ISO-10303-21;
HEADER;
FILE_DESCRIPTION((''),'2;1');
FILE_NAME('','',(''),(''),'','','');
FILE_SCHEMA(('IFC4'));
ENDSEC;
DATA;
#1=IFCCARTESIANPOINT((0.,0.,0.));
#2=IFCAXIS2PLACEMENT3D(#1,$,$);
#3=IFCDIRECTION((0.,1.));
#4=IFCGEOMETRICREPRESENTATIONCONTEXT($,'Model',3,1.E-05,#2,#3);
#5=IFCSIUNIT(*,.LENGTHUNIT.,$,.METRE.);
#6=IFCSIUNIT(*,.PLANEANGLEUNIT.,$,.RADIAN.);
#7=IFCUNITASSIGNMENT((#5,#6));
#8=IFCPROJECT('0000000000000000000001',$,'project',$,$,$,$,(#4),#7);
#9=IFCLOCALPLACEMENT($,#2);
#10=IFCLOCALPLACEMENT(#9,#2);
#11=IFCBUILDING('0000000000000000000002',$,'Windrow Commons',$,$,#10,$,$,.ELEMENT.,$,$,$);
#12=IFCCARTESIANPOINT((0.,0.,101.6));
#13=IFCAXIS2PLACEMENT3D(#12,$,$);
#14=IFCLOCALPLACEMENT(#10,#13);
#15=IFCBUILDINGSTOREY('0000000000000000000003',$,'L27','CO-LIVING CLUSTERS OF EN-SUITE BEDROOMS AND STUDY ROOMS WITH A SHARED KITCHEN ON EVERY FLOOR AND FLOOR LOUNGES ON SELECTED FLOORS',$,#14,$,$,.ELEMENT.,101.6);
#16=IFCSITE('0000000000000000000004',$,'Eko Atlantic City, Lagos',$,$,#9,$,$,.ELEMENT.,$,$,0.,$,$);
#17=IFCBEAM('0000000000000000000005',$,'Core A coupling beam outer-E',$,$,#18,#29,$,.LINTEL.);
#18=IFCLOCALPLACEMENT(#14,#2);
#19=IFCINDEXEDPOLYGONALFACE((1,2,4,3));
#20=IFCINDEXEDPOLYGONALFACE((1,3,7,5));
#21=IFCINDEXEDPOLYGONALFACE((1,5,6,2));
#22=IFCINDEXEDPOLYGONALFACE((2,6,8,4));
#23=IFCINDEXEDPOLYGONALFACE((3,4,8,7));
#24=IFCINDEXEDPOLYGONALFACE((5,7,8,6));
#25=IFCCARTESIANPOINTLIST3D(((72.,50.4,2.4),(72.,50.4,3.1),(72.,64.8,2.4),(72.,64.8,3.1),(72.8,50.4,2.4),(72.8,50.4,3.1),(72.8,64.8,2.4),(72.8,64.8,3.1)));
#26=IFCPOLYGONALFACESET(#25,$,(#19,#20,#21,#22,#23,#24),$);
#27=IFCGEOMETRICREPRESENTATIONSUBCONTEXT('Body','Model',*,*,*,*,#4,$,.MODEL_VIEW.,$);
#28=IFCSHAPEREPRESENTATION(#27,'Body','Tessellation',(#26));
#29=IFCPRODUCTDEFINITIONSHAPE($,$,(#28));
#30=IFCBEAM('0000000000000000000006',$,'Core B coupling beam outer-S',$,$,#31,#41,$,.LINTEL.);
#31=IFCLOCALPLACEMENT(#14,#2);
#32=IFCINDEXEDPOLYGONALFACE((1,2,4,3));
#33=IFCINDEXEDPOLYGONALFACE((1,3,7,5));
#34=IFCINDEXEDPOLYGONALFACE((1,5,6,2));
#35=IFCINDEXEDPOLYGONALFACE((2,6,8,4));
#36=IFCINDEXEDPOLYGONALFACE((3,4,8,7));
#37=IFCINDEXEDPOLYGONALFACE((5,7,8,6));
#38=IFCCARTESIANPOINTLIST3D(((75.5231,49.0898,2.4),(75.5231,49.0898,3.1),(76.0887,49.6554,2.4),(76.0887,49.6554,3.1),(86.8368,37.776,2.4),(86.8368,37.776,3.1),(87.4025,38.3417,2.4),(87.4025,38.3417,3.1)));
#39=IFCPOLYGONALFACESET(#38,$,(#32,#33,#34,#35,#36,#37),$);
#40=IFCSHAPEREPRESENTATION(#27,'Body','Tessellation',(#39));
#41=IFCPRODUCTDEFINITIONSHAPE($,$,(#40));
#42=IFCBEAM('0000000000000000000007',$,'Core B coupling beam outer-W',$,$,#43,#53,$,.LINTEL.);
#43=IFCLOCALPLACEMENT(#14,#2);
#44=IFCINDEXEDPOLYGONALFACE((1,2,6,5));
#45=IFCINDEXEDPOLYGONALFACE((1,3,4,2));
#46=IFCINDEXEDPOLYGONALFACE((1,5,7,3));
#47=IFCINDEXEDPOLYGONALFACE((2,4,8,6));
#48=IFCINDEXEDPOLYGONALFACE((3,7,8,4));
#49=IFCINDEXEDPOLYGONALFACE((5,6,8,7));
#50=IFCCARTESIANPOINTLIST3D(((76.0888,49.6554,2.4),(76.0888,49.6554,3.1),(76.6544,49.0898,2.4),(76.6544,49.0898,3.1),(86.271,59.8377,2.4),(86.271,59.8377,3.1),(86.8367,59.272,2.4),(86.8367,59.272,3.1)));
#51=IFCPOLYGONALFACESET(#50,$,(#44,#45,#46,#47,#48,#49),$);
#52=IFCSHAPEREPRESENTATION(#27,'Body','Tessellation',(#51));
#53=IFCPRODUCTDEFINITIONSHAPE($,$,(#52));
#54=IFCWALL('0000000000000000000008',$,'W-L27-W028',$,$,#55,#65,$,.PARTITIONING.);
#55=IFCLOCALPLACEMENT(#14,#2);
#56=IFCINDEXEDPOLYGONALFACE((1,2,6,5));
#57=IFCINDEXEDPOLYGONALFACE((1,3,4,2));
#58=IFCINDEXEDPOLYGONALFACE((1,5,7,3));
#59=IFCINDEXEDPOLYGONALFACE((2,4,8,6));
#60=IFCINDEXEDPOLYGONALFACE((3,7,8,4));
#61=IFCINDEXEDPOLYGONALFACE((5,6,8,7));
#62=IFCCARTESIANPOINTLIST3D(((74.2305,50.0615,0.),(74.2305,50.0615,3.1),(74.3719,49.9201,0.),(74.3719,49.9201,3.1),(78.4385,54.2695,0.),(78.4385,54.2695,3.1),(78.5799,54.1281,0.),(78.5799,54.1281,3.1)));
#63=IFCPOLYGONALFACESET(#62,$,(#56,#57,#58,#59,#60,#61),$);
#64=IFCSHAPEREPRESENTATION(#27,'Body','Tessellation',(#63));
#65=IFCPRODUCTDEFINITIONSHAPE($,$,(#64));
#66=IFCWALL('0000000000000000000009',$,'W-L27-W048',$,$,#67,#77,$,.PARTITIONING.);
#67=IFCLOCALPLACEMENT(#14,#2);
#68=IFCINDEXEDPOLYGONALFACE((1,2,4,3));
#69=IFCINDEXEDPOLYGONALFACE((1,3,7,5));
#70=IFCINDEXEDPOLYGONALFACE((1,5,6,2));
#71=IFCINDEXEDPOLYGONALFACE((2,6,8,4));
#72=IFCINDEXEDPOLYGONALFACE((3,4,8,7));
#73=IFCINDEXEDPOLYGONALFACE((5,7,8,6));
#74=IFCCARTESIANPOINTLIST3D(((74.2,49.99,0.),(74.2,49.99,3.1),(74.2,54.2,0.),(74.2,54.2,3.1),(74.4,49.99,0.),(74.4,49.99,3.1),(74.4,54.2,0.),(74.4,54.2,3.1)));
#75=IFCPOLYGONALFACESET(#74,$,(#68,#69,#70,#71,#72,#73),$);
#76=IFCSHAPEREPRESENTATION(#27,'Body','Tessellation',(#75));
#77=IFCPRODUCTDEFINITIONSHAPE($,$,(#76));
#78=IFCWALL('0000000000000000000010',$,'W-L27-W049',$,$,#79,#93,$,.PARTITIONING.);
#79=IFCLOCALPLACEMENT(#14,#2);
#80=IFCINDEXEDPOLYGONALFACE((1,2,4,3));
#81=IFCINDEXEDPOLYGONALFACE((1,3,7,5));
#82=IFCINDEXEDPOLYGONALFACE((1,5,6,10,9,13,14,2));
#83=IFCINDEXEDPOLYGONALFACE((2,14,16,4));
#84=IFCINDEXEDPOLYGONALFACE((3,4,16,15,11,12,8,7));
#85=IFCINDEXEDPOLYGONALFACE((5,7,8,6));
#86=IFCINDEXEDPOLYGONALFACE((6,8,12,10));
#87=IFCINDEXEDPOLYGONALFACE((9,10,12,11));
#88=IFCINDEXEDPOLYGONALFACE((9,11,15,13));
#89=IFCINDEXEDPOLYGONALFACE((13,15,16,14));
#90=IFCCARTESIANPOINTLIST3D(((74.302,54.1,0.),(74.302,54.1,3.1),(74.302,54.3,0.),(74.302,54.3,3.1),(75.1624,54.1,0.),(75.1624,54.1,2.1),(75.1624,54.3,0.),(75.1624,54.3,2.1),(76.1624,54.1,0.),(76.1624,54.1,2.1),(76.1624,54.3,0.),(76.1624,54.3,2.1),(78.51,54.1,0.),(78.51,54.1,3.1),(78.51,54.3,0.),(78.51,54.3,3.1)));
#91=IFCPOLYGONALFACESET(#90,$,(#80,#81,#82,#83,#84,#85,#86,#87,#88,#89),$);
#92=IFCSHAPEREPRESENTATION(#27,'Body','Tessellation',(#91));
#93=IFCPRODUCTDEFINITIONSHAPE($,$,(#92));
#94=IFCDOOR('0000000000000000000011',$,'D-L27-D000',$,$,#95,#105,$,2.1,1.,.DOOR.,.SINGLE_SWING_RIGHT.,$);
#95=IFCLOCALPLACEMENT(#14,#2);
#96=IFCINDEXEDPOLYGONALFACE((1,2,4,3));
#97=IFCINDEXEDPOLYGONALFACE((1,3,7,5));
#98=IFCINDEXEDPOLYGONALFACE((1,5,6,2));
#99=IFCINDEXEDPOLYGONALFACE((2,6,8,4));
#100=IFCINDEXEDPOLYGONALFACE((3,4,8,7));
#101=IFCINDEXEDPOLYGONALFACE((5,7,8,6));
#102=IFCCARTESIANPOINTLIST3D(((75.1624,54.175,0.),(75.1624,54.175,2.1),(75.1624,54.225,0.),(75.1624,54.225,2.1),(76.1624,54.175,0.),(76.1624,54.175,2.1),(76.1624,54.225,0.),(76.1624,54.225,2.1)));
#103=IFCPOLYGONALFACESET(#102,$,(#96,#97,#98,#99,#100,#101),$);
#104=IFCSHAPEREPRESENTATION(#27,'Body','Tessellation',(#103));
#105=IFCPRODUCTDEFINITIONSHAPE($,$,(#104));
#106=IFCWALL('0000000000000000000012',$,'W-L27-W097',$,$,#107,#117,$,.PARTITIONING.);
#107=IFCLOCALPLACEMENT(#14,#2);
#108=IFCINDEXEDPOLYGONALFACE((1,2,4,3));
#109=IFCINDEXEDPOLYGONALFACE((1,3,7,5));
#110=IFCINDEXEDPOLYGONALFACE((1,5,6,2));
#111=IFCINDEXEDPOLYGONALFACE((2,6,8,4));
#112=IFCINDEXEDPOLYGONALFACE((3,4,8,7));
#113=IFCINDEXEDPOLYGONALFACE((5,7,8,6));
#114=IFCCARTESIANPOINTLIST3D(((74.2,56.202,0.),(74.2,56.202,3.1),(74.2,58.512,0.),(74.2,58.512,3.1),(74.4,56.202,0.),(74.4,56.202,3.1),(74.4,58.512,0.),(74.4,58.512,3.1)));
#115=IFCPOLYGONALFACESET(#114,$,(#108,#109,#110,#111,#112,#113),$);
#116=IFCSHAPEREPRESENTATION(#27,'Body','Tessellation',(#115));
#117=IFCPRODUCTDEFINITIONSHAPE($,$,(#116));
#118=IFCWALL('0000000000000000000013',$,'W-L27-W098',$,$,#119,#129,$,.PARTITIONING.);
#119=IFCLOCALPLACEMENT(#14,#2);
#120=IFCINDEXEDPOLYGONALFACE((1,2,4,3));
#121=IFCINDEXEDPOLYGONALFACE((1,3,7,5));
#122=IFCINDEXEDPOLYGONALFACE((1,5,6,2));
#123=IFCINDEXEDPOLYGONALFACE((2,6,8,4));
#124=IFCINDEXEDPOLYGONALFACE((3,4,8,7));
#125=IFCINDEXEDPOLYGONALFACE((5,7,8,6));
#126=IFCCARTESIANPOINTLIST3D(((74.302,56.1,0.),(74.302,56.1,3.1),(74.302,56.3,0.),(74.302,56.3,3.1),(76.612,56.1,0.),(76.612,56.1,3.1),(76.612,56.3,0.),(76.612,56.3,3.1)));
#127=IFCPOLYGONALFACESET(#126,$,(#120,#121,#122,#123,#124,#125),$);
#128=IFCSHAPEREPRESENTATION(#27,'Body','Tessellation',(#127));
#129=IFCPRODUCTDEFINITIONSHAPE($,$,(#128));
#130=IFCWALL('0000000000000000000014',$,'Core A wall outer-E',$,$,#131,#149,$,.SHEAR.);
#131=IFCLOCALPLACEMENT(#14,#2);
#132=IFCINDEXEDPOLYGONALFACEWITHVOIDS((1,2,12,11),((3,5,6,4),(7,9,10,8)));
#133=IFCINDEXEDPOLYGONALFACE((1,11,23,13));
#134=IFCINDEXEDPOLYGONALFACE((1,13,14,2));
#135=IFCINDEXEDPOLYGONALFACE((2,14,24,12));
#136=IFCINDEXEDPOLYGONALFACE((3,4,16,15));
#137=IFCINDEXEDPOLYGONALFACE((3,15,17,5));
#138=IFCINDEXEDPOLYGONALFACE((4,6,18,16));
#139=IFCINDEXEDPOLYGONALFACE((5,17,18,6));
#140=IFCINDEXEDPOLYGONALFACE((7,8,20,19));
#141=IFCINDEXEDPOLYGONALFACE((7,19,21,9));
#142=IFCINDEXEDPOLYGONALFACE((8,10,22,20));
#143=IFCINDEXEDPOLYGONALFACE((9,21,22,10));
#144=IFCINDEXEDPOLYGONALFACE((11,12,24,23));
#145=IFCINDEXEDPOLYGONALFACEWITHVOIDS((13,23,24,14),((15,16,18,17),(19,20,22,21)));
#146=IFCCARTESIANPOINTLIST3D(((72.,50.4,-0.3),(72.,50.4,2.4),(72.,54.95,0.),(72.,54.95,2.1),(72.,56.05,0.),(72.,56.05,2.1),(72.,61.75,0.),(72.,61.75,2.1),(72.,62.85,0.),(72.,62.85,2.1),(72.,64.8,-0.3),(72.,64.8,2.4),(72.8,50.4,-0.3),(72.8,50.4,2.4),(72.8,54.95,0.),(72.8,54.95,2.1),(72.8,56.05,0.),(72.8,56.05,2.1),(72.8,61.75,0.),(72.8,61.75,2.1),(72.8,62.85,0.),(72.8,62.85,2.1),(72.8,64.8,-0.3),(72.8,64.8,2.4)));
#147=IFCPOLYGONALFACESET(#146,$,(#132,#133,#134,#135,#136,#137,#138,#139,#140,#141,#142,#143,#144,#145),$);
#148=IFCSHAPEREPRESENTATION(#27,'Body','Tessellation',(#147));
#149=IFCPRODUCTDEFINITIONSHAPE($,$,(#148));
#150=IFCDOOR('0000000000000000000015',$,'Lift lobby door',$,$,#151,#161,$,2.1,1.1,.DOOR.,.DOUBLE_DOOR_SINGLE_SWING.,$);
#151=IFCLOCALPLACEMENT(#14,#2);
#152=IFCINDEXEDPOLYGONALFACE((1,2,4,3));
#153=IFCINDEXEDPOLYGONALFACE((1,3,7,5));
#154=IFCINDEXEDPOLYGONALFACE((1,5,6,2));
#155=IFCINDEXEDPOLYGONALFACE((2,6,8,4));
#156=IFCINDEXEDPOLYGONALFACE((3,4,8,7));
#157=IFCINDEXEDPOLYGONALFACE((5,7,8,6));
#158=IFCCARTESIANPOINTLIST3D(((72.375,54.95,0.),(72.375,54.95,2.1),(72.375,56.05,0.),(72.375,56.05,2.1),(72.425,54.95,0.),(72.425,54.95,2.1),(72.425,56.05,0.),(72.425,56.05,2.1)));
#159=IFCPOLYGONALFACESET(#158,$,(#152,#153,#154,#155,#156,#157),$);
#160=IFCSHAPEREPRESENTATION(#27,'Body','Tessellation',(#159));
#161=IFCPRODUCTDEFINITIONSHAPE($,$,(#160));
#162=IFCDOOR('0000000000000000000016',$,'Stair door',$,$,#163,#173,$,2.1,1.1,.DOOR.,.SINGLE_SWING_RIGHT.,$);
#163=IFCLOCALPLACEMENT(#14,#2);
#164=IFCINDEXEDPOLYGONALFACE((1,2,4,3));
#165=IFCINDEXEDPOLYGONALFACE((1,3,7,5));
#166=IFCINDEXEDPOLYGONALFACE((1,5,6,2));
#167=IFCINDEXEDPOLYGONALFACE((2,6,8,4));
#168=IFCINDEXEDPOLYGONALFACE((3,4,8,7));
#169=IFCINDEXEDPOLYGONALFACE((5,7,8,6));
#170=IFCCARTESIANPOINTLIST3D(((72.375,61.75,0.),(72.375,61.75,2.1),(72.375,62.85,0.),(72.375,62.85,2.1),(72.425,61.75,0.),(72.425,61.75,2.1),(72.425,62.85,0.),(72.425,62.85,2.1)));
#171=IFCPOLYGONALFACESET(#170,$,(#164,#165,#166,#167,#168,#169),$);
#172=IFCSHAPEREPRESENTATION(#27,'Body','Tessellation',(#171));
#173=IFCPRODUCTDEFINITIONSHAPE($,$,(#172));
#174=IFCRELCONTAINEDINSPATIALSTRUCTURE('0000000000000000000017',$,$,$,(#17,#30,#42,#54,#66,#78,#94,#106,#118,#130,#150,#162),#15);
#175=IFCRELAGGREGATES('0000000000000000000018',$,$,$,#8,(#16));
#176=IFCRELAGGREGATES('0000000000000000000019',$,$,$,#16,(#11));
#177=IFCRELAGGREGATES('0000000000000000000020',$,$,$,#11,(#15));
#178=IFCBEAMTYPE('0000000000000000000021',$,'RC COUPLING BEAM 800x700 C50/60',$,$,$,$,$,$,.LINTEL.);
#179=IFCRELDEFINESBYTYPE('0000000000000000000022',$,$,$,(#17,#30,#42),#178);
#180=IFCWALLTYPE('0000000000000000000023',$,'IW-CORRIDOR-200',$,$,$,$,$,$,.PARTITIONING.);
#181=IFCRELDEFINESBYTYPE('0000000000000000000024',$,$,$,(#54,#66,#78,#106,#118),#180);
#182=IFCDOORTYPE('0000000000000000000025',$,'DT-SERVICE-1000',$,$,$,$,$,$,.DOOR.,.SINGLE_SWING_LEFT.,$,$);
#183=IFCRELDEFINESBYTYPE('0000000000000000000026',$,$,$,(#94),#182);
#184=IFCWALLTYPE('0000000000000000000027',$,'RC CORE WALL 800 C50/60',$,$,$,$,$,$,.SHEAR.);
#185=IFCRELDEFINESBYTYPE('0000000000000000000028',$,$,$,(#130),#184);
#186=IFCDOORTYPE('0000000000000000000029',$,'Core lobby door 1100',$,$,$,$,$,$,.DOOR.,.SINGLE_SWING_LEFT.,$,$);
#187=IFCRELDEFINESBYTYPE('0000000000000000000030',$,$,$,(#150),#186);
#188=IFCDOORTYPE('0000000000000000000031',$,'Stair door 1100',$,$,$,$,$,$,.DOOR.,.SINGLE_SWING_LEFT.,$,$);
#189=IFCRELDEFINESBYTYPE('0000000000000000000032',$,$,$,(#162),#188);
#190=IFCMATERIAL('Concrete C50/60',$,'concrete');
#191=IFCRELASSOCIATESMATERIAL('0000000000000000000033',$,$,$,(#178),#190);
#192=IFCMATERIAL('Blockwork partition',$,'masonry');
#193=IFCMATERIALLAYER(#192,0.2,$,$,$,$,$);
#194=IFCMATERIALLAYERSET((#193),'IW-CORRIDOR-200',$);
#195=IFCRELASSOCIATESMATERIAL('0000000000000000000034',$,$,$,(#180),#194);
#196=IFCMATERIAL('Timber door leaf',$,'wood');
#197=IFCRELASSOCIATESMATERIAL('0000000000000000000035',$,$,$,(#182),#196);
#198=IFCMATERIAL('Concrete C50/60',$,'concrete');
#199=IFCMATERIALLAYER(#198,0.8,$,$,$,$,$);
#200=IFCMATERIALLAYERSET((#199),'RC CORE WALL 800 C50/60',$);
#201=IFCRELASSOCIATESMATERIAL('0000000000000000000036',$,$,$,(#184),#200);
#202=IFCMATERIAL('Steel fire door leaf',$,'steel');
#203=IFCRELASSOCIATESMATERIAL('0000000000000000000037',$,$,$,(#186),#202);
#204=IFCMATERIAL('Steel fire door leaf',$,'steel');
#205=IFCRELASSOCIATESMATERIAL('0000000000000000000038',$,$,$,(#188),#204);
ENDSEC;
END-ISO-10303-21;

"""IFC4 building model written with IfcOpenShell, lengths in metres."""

from ifc_helpers import new_model, si_unit, direction, frame, frame_2d, origin, origin_2d, place, context, subcontext, project, spatial, rectangle, extrude, material, layer, layer_set, material_profile, profile_set, type_object, element, fill, save


model = new_model("IFC4")

# Units and contexts
model_context = context("Model", 3, precision=1e-05, world=origin(), true_north=direction((0.0, 1.0)))
body_context = subcontext(model_context, "Body", "Model", "MODEL_VIEW")
ifc_project = project(units=[si_unit("LENGTHUNIT", "METRE"), si_unit("PLANEANGLEUNIT", "RADIAN")], contexts=[model_context])

# Site, building, storey
site_placement = place(None, origin())
site = spatial("IfcSite", under=ifc_project, at=site_placement, Name="Eko Atlantic City, Lagos", CompositionType="ELEMENT", RefElevation=0.0)
building_placement = place(site_placement, origin())
building = spatial("IfcBuilding", under=site, at=building_placement, Name="Windrow Commons", CompositionType="ELEMENT")
storey_placement = place(building_placement, frame((0.0, 0.0, 101.6)))
storey = spatial("IfcBuildingStorey", under=building, at=storey_placement, Name="L27", Description="CO-LIVING CLUSTERS OF EN-SUITE BEDROOMS AND STUDY ROOMS WITH A SHARED KITCHEN ON EVERY FLOOR AND FLOOR LOUNGES ON SELECTED FLOORS", CompositionType="ELEMENT", Elevation=101.6)

# Beams
ifc_material_1 = material(Name="Concrete C50/60", Category="concrete")
ifc_material_profile = material_profile(ifc_material_1, rectangle(XDim=0.8, YDim=0.7, at=origin_2d()))
ifc_profile_set = profile_set([ifc_material_profile], Name="Concrete C50/60")
beam_type = type_object("IfcBeamType", Name="RC COUPLING BEAM 800x700 C50/60", PredefinedType="LINTEL", material=ifc_profile_set)
beam_1_placement = place(storey_placement, frame((72.4, 50.4, 2.75), z_axis=(0.0, 1.0, 0.0), x_axis=(-1.0, 0.0, 0.0)))
element("IfcBeam", 1, at=beam_1_placement, inside=storey, type_object=beam_type, Name="Core A coupling beam outer-E", PredefinedType="LINTEL", context=body_context, shape_type="SweptSolid", body=[
    extrude(rectangle(XDim=0.8, YDim=0.7, at=origin_2d()), origin(), (0.0, 0.0, 1.0), 14.4),
])
beam_2_placement = place(storey_placement, frame((75.8059, 49.3726, 2.75), z_axis=(0.707107, -0.707107, 0.0), x_axis=(0.707107, 0.707107, 0.0)))
element("IfcBeam", 2, at=beam_2_placement, inside=storey, type_object=beam_type, Name="Core B coupling beam outer-S", PredefinedType="LINTEL", context=body_context, shape_type="SweptSolid", body=[
    extrude(rectangle(XDim=0.8, YDim=0.7, at=origin_2d()), origin(), (0.0, 0.0, 1.0), 16.0),
])
beam_3_placement = place(storey_placement, frame((76.3716, 49.3726, 2.75), z_axis=(0.707107, 0.707107, 0.0), x_axis=(-0.707107, 0.707107, 0.0)))
element("IfcBeam", 3, at=beam_3_placement, inside=storey, type_object=beam_type, Name="Core B coupling beam outer-W", PredefinedType="LINTEL", context=body_context, shape_type="SweptSolid", body=[
    extrude(rectangle(XDim=0.8, YDim=0.7, at=origin_2d()), origin(), (0.0, 0.0, 1.0), 14.3999),
])

# Walls
ifc_material_2 = material(Name="Blockwork partition", Category="masonry")
ifc_layer_1 = layer(ifc_material_2, 0.2)
ifc_layer_set_1 = layer_set([ifc_layer_1], Name="IW-CORRIDOR-200")
wall_type_1 = type_object("IfcWallType", Name="IW-CORRIDOR-200", PredefinedType="PARTITIONING", material=ifc_layer_set_1)
wall_1_placement = place(storey_placement, frame((74.3012, 49.9908, 0.0), z_axis=(0.0, 0.0, 1.0), x_axis=(0.707107, 0.707107, 0.0)))
element("IfcWall", 4, at=wall_1_placement, inside=storey, type_object=wall_type_1, Name="W-L27-W028", PredefinedType="PARTITIONING", context=body_context, shape_type="SweptSolid", body=[
    extrude(rectangle(XDim=5.951, YDim=0.2, at=frame_2d((2.9755, 0.0))), origin(), (0.0, 0.0, 1.0), 3.1),
])
wall_2_placement = place(storey_placement, frame((74.3, 49.99, 0.0), z_axis=(0.0, 0.0, 1.0), x_axis=(0.0, 1.0, 0.0)))
element("IfcWall", 5, at=wall_2_placement, inside=storey, type_object=wall_type_1, Name="W-L27-W048", PredefinedType="PARTITIONING", context=body_context, shape_type="SweptSolid", body=[
    extrude(rectangle(XDim=4.21, YDim=0.2, at=frame_2d((2.105, 0.0))), origin(), (0.0, 0.0, 1.0), 3.1),
])

# Wall, opening, door
wall_3_placement = place(storey_placement, frame((74.302, 54.2, 0.0), z_axis=(0.0, 0.0, 1.0), x_axis=(1.0, 0.0, 0.0)))
wall_3 = element("IfcWall", 6, at=wall_3_placement, inside=storey, type_object=wall_type_1, Name="W-L27-W049", PredefinedType="PARTITIONING", context=body_context, shape_type="SweptSolid", body=[
    extrude(rectangle(XDim=4.208, YDim=0.2, at=frame_2d((2.104, 0.0))), origin(), (0.0, 0.0, 1.0), 3.1),
])
opening_1_placement = place(wall_3_placement, frame((0.8604, 0.0, 0.0)))
opening_1 = element("IfcOpeningElement", 7, at=opening_1_placement, cuts=wall_3, PredefinedType="OPENING", context=body_context, shape_type="SweptSolid", body=[
    extrude(rectangle(XDim=1.0, YDim=2.1, at=frame_2d((0.5, 1.05))), frame((0.0, 0.11, 0.0), z_axis=(0.0, -1.0, 0.0), x_axis=(1.0, 0.0, 0.0)), (0.0, 0.0, 1.0), 0.22),
])
ifc_material_3 = material(Name="Timber door leaf", Category="wood")
door_type_1 = type_object("IfcDoorType", Name="DT-SERVICE-1000", OperationType="SINGLE_SWING_LEFT", PredefinedType="DOOR", material=ifc_material_3)
door_1_placement = place(opening_1_placement, origin())
door_1 = element("IfcDoor", 8, at=door_1_placement, inside=storey, type_object=door_type_1, Name="D-L27-D000", OperationType="SINGLE_SWING_RIGHT", OverallHeight=2.1, OverallWidth=1.0, PredefinedType="DOOR", context=body_context, shape_type="SweptSolid", body=[
    extrude(rectangle(XDim=1.0, YDim=2.1, at=frame_2d((0.5, 1.05))), frame((0.0, 0.025, 0.0), z_axis=(0.0, -1.0, 0.0), x_axis=(1.0, 0.0, 0.0)), (0.0, 0.0, 1.0), 0.05),
])
fill(opening_1, door_1)

# Walls
for number, where, z_axis, x_axis, name in (
    (9, (74.3, 56.202, 0.0), (0.0, 0.0, 1.0), (0.0, 1.0, 0.0), "W-L27-W097"),
    (10, (74.302, 56.2, 0.0), (0.0, 0.0, 1.0), (1.0, 0.0, 0.0), "W-L27-W098"),
):
    element("IfcWall", number, at=place(storey_placement, frame(where, z_axis=z_axis, x_axis=x_axis)), inside=storey, type_object=wall_type_1, Name=name, PredefinedType="PARTITIONING", context=body_context, shape_type="SweptSolid", body=[
        extrude(rectangle(XDim=2.31, YDim=0.2, at=frame_2d((1.155, 0.0))), origin(), (0.0, 0.0, 1.0), 3.1),
    ])

# Wall, openings, doors
ifc_material_4 = material(Name="Concrete C50/60", Category="concrete")
ifc_layer_2 = layer(ifc_material_4, 0.8)
ifc_layer_set_2 = layer_set([ifc_layer_2], Name="RC CORE WALL 800 C50/60")
wall_type_2 = type_object("IfcWallType", Name="RC CORE WALL 800 C50/60", PredefinedType="SHEAR", material=ifc_layer_set_2)
wall_4_placement = place(storey_placement, frame((72.4, 50.4, -0.3), z_axis=(0.0, 0.0, 1.0), x_axis=(0.0, 1.0, 0.0)))
wall_4 = element("IfcWall", 11, at=wall_4_placement, inside=storey, type_object=wall_type_2, Name="Core A wall outer-E", PredefinedType="SHEAR", context=body_context, shape_type="SweptSolid", body=[
    extrude(rectangle(XDim=14.4, YDim=0.8, at=frame_2d((7.2, 0.0))), origin(), (0.0, 0.0, 1.0), 2.7),
])
opening_2_placement = place(wall_4_placement, frame((4.55, 0.0, 0.3)))
opening_2 = element("IfcOpeningElement", 12, at=opening_2_placement, cuts=wall_4, PredefinedType="OPENING", context=body_context, shape_type="SweptSolid", body=[
    extrude(rectangle(XDim=1.1, YDim=2.1, at=frame_2d((0.55, 1.05))), frame((0.0, 0.41, 0.0), z_axis=(0.0, -1.0, 0.0), x_axis=(1.0, 0.0, 0.0)), (0.0, 0.0, 1.0), 0.82),
])
opening_3_placement = place(wall_4_placement, frame((11.35, 0.0, 0.3)))
opening_3 = element("IfcOpeningElement", 13, at=opening_3_placement, cuts=wall_4, PredefinedType="OPENING", context=body_context, shape_type="SweptSolid", body=[
    extrude(rectangle(XDim=1.1, YDim=2.1, at=frame_2d((0.55, 1.05))), frame((0.0, 0.41, 0.0), z_axis=(0.0, -1.0, 0.0), x_axis=(1.0, 0.0, 0.0)), (0.0, 0.0, 1.0), 0.82),
])
ifc_material_5 = material(Name="Steel fire door leaf", Category="steel")
door_type_2 = type_object("IfcDoorType", Name="Core lobby door 1100", OperationType="SINGLE_SWING_LEFT", PredefinedType="DOOR", material=ifc_material_5)
door_2_placement = place(opening_2_placement, origin())
door_2 = element("IfcDoor", 14, at=door_2_placement, inside=storey, type_object=door_type_2, Name="Lift lobby door", OperationType="DOUBLE_DOOR_SINGLE_SWING", OverallHeight=2.1, OverallWidth=1.1, PredefinedType="DOOR", context=body_context, shape_type="SweptSolid", body=[
    extrude(rectangle(XDim=1.1, YDim=2.1, at=frame_2d((0.55, 1.05))), frame((0.0, 0.025, 0.0), z_axis=(0.0, -1.0, 0.0), x_axis=(1.0, 0.0, 0.0)), (0.0, 0.0, 1.0), 0.05),
])
fill(opening_2, door_2)
ifc_material_6 = material(Name="Steel fire door leaf", Category="steel")
door_type_3 = type_object("IfcDoorType", Name="Stair door 1100", OperationType="SINGLE_SWING_LEFT", PredefinedType="DOOR", material=ifc_material_6)
door_3_placement = place(opening_3_placement, origin())
door_3 = element("IfcDoor", 15, at=door_3_placement, inside=storey, type_object=door_type_3, Name="Stair door", OperationType="SINGLE_SWING_RIGHT", OverallHeight=2.1, OverallWidth=1.1, PredefinedType="DOOR", context=body_context, shape_type="SweptSolid", body=[
    extrude(rectangle(XDim=1.1, YDim=2.1, at=frame_2d((0.55, 1.05))), frame((0.0, 0.025, 0.0), z_axis=(0.0, -1.0, 0.0), x_axis=(1.0, 0.0, 0.0)), (0.0, 0.0, 1.0), 0.05),
])
fill(opening_3, door_3)

save(model, "model.ifc")
